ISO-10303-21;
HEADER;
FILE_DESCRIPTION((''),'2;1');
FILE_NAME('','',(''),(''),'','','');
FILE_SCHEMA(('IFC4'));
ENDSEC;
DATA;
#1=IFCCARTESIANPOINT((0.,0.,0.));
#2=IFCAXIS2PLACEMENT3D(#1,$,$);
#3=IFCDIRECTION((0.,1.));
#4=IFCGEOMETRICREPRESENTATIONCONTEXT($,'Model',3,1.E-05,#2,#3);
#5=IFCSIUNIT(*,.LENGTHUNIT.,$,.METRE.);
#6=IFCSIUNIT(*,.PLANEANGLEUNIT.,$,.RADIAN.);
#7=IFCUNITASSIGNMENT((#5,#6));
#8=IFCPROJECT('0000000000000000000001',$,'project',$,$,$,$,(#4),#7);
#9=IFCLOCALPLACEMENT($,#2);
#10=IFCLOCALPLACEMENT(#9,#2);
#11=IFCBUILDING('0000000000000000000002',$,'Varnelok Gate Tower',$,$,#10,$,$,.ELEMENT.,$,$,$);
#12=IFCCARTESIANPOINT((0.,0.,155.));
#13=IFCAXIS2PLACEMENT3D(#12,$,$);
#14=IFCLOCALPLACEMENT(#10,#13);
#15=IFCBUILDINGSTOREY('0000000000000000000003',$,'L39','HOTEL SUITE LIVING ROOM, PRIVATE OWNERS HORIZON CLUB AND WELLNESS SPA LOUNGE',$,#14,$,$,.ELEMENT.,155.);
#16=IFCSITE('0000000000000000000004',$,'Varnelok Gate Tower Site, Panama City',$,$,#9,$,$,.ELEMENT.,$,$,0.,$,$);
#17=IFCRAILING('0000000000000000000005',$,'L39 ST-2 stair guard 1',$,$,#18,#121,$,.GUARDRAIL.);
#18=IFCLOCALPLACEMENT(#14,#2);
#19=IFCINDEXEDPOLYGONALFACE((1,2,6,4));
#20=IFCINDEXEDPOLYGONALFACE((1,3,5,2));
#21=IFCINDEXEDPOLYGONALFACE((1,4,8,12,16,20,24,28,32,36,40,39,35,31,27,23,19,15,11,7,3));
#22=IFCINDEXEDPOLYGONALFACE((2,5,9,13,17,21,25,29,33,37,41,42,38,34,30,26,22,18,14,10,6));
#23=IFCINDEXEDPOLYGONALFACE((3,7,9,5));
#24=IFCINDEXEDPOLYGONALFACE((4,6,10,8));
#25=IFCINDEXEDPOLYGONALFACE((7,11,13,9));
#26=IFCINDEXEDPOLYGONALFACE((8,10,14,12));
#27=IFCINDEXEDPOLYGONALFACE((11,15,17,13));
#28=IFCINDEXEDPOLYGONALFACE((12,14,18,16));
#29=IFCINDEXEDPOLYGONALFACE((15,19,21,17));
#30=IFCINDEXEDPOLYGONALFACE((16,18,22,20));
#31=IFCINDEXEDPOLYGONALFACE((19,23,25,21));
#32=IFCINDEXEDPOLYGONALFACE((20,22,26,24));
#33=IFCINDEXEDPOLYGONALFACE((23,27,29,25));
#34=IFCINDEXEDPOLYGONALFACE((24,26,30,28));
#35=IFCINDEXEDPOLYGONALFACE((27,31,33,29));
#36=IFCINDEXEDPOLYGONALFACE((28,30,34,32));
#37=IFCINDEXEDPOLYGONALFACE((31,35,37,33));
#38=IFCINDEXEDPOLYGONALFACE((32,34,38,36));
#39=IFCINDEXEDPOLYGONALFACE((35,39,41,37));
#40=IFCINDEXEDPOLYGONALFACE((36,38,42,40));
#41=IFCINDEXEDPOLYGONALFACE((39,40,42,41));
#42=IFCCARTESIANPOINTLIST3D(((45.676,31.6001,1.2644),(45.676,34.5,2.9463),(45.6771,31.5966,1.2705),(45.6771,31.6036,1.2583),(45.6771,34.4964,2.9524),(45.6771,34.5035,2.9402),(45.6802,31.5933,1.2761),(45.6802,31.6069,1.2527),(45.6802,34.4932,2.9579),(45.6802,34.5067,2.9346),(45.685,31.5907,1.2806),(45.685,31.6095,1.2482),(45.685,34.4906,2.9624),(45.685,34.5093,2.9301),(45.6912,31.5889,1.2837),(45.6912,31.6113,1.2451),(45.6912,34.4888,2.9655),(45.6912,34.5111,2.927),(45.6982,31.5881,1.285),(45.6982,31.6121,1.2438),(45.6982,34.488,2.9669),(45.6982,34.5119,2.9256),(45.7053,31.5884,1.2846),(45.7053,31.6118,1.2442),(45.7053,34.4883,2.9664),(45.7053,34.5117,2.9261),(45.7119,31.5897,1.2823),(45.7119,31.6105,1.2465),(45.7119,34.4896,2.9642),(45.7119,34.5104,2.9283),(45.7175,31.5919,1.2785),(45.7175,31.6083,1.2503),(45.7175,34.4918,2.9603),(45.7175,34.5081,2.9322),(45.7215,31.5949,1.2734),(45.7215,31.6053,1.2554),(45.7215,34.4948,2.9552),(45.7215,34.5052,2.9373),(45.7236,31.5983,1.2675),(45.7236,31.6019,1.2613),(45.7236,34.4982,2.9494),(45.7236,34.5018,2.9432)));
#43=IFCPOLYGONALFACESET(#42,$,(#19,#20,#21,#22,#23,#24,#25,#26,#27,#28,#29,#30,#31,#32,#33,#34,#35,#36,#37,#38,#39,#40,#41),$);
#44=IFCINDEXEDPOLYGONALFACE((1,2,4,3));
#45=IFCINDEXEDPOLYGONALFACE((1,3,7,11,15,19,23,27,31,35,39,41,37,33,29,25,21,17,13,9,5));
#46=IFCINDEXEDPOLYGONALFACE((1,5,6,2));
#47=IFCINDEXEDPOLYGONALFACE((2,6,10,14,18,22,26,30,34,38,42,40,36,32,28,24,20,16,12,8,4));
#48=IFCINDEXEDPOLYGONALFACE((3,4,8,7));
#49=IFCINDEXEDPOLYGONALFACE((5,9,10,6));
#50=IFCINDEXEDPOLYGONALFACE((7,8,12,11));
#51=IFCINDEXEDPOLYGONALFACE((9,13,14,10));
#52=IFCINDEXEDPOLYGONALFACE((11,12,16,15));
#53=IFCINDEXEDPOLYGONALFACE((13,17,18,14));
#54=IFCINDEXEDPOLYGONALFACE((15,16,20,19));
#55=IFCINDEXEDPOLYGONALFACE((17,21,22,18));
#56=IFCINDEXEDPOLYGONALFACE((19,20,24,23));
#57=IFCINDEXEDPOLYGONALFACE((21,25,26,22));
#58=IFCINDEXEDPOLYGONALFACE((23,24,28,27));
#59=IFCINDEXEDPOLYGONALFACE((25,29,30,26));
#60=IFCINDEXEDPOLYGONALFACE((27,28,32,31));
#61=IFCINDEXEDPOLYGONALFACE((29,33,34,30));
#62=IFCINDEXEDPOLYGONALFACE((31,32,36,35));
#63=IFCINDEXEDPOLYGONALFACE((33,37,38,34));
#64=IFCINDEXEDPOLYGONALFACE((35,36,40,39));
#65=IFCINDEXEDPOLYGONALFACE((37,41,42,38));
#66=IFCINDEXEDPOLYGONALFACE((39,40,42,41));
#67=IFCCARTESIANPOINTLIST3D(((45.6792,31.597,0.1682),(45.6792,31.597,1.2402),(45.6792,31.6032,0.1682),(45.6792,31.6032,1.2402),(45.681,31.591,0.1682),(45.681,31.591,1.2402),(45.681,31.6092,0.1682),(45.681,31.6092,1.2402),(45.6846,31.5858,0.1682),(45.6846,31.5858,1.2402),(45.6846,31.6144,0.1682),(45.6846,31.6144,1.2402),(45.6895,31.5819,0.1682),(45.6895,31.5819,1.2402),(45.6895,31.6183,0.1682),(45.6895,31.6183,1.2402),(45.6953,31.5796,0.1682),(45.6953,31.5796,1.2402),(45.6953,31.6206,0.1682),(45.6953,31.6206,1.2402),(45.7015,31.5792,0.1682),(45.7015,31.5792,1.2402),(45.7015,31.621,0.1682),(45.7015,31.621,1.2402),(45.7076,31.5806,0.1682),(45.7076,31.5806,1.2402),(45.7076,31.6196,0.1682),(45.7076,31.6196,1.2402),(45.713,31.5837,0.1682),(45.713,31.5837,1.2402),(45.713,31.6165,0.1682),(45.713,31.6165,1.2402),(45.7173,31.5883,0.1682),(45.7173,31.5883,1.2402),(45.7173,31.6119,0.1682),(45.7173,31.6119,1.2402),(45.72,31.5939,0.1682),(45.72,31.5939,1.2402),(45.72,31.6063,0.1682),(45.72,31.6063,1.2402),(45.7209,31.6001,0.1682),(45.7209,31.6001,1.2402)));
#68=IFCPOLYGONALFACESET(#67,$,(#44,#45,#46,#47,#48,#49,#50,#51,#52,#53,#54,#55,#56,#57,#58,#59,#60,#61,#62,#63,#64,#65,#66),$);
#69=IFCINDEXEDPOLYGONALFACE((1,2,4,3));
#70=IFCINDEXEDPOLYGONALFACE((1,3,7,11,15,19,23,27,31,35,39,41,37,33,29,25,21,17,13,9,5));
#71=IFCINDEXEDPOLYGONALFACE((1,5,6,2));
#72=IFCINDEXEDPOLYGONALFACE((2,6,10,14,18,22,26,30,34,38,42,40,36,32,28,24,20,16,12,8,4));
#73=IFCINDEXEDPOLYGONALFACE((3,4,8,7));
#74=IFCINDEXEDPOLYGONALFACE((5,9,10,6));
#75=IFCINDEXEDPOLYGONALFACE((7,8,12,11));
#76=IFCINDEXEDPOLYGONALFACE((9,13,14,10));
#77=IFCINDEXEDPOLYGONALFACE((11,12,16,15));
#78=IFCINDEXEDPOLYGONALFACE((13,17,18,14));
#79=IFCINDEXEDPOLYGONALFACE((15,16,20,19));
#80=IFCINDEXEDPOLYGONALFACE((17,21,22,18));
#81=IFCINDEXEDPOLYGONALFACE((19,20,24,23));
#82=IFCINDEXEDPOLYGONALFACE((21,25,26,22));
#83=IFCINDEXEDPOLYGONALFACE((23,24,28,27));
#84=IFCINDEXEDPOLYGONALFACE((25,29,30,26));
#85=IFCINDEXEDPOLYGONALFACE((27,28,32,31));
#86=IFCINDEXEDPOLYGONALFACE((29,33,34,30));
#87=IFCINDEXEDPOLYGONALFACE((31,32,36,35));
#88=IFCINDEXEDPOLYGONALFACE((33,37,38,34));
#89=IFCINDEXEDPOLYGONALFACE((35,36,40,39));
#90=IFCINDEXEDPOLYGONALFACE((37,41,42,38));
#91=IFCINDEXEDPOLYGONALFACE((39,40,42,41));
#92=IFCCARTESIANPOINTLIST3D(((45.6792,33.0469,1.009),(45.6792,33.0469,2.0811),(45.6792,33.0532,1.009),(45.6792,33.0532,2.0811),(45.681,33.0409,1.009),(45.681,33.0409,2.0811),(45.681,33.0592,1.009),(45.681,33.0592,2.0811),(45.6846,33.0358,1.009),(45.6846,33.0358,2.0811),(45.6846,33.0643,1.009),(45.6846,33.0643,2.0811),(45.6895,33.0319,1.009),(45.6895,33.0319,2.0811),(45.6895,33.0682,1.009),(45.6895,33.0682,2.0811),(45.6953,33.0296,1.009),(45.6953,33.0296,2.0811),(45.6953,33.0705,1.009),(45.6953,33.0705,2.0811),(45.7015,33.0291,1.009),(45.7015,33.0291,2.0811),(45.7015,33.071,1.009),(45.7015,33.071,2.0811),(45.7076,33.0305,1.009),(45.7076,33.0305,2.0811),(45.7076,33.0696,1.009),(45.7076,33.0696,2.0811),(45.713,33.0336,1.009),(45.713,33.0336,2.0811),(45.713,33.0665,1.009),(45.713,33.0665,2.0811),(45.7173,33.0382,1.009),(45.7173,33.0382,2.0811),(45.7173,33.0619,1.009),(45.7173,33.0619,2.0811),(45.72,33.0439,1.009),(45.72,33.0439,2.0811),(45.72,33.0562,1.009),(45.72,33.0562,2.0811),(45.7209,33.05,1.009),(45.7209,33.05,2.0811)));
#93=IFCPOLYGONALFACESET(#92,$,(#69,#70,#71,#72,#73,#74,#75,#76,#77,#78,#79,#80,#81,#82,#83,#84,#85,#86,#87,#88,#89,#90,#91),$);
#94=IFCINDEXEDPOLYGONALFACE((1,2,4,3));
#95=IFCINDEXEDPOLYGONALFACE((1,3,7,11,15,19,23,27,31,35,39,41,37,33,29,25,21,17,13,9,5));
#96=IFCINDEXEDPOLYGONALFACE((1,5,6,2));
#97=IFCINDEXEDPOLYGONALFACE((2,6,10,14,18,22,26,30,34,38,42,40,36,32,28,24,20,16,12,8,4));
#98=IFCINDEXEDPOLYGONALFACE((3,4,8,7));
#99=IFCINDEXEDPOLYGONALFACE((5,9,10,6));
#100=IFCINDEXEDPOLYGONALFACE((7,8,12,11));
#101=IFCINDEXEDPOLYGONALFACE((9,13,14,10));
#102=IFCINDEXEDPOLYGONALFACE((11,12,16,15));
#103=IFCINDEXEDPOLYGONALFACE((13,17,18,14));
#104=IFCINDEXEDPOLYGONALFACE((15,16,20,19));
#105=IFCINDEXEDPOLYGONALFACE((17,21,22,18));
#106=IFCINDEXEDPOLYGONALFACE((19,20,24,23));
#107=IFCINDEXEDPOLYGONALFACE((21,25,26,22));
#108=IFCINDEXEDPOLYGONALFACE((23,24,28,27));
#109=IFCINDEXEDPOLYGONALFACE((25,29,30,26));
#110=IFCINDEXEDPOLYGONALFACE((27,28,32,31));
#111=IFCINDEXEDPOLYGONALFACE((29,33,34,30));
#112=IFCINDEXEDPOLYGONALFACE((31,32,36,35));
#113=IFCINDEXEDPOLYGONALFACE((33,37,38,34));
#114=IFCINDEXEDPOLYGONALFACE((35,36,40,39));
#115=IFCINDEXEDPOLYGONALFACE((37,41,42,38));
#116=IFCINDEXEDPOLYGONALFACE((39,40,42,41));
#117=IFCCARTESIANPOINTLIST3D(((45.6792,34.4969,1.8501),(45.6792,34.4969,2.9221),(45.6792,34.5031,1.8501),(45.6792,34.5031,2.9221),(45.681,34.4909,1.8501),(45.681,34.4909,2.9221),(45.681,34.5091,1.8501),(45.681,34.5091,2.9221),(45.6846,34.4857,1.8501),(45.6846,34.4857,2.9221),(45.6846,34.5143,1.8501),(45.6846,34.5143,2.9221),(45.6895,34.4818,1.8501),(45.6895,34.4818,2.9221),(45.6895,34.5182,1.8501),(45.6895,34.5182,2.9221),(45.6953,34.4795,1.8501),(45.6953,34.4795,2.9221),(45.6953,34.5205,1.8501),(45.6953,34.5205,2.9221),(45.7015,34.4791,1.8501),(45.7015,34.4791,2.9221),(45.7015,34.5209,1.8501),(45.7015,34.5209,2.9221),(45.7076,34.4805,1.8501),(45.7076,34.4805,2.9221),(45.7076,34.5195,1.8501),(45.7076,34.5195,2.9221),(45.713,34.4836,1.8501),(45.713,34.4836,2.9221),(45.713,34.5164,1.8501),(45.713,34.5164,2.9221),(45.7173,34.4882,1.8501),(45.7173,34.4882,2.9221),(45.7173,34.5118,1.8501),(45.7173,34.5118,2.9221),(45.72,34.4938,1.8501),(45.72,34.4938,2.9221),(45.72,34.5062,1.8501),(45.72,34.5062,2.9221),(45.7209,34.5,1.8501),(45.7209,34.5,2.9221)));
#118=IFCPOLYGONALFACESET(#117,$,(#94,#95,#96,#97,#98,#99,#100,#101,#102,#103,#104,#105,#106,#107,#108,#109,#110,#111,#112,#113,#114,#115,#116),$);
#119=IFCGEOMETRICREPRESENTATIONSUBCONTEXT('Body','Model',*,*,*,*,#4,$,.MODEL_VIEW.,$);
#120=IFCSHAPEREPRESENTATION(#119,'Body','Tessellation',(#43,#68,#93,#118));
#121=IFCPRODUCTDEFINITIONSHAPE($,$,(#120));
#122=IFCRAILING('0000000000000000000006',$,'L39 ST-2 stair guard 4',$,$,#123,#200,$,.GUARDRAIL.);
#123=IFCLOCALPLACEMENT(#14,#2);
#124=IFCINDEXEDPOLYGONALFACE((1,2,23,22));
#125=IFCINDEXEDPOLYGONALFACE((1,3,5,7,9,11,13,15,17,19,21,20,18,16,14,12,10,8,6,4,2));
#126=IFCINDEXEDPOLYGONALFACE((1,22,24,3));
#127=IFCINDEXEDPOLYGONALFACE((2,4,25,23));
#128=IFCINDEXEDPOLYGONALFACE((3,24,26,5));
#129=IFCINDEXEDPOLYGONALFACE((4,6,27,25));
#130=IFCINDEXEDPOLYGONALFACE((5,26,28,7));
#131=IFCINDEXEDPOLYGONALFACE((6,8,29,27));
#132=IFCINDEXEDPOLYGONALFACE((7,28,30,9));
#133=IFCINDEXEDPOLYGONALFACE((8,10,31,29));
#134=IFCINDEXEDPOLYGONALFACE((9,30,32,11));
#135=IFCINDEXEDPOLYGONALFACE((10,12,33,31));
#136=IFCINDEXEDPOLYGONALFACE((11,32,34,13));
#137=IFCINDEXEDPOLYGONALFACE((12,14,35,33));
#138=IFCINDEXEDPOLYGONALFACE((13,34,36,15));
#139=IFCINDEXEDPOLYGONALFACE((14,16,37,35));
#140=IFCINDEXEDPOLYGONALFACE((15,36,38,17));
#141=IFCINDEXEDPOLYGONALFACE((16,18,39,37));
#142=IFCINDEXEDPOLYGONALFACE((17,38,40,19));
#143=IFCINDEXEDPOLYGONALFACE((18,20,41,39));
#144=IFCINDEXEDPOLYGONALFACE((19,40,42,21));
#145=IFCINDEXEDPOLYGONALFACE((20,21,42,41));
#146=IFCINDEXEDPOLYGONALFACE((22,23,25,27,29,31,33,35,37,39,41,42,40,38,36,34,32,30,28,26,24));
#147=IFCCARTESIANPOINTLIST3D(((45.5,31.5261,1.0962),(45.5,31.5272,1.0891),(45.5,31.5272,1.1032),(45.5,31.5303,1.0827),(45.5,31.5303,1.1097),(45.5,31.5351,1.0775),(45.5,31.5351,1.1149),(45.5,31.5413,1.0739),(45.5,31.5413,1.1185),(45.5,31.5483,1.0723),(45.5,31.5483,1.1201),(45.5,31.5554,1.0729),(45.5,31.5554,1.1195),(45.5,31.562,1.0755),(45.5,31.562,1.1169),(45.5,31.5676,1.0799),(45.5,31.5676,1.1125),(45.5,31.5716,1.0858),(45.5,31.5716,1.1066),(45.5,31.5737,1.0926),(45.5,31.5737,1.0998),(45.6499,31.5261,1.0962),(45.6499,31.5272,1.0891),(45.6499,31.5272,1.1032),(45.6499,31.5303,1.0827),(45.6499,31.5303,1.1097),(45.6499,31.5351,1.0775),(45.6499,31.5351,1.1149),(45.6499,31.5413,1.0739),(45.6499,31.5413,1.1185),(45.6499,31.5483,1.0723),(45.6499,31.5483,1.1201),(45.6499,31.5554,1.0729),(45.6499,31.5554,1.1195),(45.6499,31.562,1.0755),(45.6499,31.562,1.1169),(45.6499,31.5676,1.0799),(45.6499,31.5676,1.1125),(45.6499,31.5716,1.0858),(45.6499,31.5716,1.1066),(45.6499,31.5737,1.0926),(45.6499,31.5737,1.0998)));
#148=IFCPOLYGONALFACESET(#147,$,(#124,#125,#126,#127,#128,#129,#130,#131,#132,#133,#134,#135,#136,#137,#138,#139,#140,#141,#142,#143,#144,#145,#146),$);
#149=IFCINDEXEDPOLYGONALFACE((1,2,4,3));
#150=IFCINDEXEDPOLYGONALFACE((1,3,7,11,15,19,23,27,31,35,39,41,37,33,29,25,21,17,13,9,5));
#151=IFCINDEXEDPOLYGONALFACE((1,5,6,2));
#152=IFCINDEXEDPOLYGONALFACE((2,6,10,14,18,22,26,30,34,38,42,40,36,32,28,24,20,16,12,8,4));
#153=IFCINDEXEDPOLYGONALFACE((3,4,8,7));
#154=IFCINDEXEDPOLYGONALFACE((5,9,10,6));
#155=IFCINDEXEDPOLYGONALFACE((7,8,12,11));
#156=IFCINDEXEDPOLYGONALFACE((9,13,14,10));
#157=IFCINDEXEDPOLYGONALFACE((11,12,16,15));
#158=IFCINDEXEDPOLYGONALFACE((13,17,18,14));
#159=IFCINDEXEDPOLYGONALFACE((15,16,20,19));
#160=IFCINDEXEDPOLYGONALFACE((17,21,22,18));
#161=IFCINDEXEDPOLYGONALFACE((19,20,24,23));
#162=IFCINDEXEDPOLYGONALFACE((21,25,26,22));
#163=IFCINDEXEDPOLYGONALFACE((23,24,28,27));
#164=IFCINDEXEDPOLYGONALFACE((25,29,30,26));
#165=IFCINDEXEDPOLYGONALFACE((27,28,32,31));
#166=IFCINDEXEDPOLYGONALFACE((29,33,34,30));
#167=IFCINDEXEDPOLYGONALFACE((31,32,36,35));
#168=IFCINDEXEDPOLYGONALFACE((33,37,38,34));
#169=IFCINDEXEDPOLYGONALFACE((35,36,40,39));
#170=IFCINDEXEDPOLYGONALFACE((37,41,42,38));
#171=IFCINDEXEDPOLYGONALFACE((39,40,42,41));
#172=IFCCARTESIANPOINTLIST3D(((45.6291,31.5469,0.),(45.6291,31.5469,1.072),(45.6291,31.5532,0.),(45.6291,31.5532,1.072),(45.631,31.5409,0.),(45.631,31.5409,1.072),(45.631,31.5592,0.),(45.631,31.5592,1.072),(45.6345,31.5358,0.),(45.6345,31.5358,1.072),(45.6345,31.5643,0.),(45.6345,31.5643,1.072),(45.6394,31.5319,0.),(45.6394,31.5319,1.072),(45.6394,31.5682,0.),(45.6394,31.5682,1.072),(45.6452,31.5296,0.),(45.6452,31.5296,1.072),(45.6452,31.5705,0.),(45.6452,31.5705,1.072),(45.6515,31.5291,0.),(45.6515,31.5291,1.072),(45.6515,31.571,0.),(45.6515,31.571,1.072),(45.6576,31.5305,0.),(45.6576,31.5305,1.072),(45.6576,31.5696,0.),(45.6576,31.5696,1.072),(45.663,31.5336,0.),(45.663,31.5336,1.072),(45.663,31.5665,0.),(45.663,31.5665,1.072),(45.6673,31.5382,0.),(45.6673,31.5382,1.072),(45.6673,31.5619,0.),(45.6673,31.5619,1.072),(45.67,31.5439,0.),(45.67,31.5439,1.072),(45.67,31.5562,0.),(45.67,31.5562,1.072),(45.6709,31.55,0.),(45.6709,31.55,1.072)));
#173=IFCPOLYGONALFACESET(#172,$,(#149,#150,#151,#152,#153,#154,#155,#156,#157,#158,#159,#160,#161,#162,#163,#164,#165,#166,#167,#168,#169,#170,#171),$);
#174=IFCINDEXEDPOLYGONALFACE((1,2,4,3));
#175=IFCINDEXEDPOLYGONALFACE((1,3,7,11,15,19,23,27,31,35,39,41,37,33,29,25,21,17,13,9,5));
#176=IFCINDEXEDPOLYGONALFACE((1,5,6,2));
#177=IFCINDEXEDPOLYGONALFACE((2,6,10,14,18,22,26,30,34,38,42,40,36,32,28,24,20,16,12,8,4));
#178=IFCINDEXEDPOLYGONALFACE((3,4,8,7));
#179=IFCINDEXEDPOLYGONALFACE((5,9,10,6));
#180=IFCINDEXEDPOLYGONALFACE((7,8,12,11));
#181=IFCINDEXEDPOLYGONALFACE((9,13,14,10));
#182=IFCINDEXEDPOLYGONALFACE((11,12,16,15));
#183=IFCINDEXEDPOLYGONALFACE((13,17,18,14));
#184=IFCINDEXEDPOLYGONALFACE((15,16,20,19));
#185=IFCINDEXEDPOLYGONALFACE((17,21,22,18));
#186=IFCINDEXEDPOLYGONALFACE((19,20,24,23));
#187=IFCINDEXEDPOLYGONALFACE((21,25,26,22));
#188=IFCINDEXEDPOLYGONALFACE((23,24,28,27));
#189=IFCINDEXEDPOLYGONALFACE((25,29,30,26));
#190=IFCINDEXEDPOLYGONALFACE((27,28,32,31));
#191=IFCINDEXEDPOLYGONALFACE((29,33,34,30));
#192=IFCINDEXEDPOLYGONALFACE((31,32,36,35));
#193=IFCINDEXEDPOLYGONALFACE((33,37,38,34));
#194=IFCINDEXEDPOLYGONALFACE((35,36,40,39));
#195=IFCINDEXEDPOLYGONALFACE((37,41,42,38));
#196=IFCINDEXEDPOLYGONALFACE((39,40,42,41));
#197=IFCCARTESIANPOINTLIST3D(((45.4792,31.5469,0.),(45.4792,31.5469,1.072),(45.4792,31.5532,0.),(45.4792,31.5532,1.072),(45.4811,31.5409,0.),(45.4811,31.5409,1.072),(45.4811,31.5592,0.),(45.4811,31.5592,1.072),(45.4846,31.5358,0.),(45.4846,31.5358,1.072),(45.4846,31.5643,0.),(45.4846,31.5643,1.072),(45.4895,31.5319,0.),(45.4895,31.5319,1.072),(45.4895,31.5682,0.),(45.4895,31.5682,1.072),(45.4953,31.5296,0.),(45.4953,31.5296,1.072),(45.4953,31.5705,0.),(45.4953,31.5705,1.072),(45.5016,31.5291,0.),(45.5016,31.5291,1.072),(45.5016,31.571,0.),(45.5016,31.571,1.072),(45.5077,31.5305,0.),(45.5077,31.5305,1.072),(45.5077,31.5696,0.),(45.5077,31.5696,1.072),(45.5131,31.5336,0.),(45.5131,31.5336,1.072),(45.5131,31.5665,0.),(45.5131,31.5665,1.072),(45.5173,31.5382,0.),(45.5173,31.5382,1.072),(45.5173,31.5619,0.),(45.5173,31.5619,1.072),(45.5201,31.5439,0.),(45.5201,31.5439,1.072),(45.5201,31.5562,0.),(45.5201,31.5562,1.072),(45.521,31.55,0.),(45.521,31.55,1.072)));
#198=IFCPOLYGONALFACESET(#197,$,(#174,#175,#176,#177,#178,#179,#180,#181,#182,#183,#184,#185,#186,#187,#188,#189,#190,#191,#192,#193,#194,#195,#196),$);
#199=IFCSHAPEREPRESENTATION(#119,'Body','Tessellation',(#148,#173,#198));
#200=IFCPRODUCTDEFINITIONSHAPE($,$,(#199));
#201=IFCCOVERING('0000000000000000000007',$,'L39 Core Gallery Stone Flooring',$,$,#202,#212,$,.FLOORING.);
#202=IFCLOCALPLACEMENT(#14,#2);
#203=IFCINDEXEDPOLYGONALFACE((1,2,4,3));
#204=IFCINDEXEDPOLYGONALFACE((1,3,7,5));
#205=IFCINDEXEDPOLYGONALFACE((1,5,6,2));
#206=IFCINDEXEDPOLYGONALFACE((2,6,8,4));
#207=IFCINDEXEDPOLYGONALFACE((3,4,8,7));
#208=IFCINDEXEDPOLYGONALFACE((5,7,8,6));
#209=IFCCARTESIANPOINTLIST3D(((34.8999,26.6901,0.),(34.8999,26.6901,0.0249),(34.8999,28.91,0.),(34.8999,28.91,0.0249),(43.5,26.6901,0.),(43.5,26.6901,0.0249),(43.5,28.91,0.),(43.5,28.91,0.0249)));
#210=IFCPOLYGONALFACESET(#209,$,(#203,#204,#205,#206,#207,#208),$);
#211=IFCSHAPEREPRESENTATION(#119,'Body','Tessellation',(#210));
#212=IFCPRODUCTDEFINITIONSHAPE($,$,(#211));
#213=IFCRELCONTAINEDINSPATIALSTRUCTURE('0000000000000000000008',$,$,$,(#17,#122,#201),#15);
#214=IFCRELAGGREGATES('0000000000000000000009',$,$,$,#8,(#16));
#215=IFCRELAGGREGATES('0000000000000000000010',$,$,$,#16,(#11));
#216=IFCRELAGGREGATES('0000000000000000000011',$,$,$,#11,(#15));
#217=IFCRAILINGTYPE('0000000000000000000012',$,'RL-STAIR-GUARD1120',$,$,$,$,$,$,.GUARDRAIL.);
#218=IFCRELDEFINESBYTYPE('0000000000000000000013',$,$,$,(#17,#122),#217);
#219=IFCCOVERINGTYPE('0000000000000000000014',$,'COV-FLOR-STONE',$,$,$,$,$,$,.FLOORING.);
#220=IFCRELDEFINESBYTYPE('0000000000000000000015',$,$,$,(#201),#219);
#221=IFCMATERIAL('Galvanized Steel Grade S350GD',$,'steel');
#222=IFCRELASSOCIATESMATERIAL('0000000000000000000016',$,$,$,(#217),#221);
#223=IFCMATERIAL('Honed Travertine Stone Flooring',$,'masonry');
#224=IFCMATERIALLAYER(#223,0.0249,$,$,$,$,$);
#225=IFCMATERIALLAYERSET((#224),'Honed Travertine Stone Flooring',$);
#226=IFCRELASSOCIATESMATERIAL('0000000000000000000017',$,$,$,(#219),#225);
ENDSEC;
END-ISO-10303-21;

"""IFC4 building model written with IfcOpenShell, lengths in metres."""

from ifc_helpers import new_model, si_unit, direction, frame, origin, origin_2d, place, context, subcontext, project, spatial, rectangle, circle, extrude, source, transform, mapped, material, layer, layer_set, type_object, element, save


model = new_model("IFC4")

# Units and contexts
model_context = context("Model", 3, precision=1e-05, world=origin(), true_north=direction((0.0, 1.0)))
body_context = subcontext(model_context, "Body", "Model", "MODEL_VIEW")
ifc_project = project(units=[si_unit("LENGTHUNIT", "METRE"), si_unit("PLANEANGLEUNIT", "RADIAN")], contexts=[model_context])

# Site, building, storey
site_placement = place(None, origin())
site = spatial("IfcSite", under=ifc_project, at=site_placement, Name="Varnelok Gate Tower Site, Panama City", CompositionType="ELEMENT", RefElevation=0.0)
building_placement = place(site_placement, origin())
building = spatial("IfcBuilding", under=site, at=building_placement, Name="Varnelok Gate Tower", CompositionType="ELEMENT")
storey_placement = place(building_placement, frame((0.0, 0.0, 155.0)))
storey = spatial("IfcBuildingStorey", under=building, at=storey_placement, Name="L39", Description="HOTEL SUITE LIVING ROOM, PRIVATE OWNERS HORIZON CLUB AND WELLNESS SPA LOUNGE", CompositionType="ELEMENT", Elevation=155.0)

# Shared definitions
ifc_material_1 = material(Name="Galvanized Steel Grade S350GD", Category="steel")

# Railings
railing_type_1 = type_object("IfcRailingType", Name="RL-STAIR-GUARD1120", PredefinedType="GUARDRAIL", material=ifc_material_1)
railing_1_placement = place(storey_placement, frame((45.7, 31.6001, 0.1682)))
element("IfcRailing", 1, at=railing_1_placement, inside=storey, type_object=railing_type_1, Name="L39 ST-2 stair guard 1", PredefinedType="GUARDRAIL", context=body_context, shape_type="SweptSolid", body=[
    extrude(circle(Radius=0.0239, at=origin_2d()), frame((0.0, 0.0, 1.0962), z_axis=(0.0, 0.865039, 0.501705), x_axis=(-1.0, 0.0, 0.0)), (0.0, 0.0, 1.0), 3.3523),
    extrude(circle(Radius=0.021, at=origin_2d()), origin(), (0.0, 0.0, 1.0), 1.072),
    extrude(circle(Radius=0.021, at=origin_2d()), frame((0.0, 1.45, 0.8408)), (0.0, 0.0, 1.0), 1.072),
    extrude(circle(Radius=0.021, at=origin_2d()), frame((0.0, 2.8999, 1.6819)), (0.0, 0.0, 1.0), 1.072),
])
railing_2_placement = place(storey_placement, frame((45.6499, 31.55, 0.0)))
element("IfcRailing", 2, at=railing_2_placement, inside=storey, type_object=railing_type_1, Name="L39 ST-2 stair guard 4", PredefinedType="GUARDRAIL", context=body_context, shape_type="SweptSolid", body=[
    extrude(circle(Radius=0.0239, at=origin_2d()), frame((0.0, 0.0, 1.0962), z_axis=(-1.0, 0.0, 0.0), x_axis=(0.0, -1.0, 0.0)), (0.0, 0.0, 1.0), 0.1499),
    extrude(circle(Radius=0.021, at=origin_2d()), origin(), (0.0, 0.0, 1.0), 1.072),
    extrude(circle(Radius=0.021, at=origin_2d()), frame((-0.1499, 0.0, 0.0)), (0.0, 0.0, 1.0), 1.072),
])

# Covering
ifc_material_2 = material(Name="Honed Travertine Stone Flooring", Category="masonry")
ifc_layer_1 = layer(ifc_material_2, 0.0249)
ifc_layer_set_1 = layer_set([ifc_layer_1], Name="Honed Travertine Stone Flooring")
covering_type_1 = type_object("IfcCoveringType", Name="COV-FLOR-STONE", PredefinedType="FLOORING", material=ifc_layer_set_1)
shared_shape_1 = source(origin(), body_context, "Body", "SweptSolid", [
    extrude(rectangle(XDim=8.6001, YDim=2.22, at=origin_2d()), origin(), (0.0, 0.0, 1.0), 0.0249),
])
covering_1_placement = place(storey_placement, frame((39.2, 27.8, 0.0), z_axis=(0.0, 0.0, 1.0), x_axis=(1.0, 0.0, 0.0)))
element("IfcCovering", 3, at=covering_1_placement, inside=storey, type_object=covering_type_1, Name="L39 Core Gallery Stone Flooring", PredefinedType="FLOORING", context=body_context, shape_type="MappedRepresentation", body=[
    mapped(shared_shape_1, transform((0.0, 0.0, 0.0), scale=1.0)),
])

save(model, "model.ifc")
